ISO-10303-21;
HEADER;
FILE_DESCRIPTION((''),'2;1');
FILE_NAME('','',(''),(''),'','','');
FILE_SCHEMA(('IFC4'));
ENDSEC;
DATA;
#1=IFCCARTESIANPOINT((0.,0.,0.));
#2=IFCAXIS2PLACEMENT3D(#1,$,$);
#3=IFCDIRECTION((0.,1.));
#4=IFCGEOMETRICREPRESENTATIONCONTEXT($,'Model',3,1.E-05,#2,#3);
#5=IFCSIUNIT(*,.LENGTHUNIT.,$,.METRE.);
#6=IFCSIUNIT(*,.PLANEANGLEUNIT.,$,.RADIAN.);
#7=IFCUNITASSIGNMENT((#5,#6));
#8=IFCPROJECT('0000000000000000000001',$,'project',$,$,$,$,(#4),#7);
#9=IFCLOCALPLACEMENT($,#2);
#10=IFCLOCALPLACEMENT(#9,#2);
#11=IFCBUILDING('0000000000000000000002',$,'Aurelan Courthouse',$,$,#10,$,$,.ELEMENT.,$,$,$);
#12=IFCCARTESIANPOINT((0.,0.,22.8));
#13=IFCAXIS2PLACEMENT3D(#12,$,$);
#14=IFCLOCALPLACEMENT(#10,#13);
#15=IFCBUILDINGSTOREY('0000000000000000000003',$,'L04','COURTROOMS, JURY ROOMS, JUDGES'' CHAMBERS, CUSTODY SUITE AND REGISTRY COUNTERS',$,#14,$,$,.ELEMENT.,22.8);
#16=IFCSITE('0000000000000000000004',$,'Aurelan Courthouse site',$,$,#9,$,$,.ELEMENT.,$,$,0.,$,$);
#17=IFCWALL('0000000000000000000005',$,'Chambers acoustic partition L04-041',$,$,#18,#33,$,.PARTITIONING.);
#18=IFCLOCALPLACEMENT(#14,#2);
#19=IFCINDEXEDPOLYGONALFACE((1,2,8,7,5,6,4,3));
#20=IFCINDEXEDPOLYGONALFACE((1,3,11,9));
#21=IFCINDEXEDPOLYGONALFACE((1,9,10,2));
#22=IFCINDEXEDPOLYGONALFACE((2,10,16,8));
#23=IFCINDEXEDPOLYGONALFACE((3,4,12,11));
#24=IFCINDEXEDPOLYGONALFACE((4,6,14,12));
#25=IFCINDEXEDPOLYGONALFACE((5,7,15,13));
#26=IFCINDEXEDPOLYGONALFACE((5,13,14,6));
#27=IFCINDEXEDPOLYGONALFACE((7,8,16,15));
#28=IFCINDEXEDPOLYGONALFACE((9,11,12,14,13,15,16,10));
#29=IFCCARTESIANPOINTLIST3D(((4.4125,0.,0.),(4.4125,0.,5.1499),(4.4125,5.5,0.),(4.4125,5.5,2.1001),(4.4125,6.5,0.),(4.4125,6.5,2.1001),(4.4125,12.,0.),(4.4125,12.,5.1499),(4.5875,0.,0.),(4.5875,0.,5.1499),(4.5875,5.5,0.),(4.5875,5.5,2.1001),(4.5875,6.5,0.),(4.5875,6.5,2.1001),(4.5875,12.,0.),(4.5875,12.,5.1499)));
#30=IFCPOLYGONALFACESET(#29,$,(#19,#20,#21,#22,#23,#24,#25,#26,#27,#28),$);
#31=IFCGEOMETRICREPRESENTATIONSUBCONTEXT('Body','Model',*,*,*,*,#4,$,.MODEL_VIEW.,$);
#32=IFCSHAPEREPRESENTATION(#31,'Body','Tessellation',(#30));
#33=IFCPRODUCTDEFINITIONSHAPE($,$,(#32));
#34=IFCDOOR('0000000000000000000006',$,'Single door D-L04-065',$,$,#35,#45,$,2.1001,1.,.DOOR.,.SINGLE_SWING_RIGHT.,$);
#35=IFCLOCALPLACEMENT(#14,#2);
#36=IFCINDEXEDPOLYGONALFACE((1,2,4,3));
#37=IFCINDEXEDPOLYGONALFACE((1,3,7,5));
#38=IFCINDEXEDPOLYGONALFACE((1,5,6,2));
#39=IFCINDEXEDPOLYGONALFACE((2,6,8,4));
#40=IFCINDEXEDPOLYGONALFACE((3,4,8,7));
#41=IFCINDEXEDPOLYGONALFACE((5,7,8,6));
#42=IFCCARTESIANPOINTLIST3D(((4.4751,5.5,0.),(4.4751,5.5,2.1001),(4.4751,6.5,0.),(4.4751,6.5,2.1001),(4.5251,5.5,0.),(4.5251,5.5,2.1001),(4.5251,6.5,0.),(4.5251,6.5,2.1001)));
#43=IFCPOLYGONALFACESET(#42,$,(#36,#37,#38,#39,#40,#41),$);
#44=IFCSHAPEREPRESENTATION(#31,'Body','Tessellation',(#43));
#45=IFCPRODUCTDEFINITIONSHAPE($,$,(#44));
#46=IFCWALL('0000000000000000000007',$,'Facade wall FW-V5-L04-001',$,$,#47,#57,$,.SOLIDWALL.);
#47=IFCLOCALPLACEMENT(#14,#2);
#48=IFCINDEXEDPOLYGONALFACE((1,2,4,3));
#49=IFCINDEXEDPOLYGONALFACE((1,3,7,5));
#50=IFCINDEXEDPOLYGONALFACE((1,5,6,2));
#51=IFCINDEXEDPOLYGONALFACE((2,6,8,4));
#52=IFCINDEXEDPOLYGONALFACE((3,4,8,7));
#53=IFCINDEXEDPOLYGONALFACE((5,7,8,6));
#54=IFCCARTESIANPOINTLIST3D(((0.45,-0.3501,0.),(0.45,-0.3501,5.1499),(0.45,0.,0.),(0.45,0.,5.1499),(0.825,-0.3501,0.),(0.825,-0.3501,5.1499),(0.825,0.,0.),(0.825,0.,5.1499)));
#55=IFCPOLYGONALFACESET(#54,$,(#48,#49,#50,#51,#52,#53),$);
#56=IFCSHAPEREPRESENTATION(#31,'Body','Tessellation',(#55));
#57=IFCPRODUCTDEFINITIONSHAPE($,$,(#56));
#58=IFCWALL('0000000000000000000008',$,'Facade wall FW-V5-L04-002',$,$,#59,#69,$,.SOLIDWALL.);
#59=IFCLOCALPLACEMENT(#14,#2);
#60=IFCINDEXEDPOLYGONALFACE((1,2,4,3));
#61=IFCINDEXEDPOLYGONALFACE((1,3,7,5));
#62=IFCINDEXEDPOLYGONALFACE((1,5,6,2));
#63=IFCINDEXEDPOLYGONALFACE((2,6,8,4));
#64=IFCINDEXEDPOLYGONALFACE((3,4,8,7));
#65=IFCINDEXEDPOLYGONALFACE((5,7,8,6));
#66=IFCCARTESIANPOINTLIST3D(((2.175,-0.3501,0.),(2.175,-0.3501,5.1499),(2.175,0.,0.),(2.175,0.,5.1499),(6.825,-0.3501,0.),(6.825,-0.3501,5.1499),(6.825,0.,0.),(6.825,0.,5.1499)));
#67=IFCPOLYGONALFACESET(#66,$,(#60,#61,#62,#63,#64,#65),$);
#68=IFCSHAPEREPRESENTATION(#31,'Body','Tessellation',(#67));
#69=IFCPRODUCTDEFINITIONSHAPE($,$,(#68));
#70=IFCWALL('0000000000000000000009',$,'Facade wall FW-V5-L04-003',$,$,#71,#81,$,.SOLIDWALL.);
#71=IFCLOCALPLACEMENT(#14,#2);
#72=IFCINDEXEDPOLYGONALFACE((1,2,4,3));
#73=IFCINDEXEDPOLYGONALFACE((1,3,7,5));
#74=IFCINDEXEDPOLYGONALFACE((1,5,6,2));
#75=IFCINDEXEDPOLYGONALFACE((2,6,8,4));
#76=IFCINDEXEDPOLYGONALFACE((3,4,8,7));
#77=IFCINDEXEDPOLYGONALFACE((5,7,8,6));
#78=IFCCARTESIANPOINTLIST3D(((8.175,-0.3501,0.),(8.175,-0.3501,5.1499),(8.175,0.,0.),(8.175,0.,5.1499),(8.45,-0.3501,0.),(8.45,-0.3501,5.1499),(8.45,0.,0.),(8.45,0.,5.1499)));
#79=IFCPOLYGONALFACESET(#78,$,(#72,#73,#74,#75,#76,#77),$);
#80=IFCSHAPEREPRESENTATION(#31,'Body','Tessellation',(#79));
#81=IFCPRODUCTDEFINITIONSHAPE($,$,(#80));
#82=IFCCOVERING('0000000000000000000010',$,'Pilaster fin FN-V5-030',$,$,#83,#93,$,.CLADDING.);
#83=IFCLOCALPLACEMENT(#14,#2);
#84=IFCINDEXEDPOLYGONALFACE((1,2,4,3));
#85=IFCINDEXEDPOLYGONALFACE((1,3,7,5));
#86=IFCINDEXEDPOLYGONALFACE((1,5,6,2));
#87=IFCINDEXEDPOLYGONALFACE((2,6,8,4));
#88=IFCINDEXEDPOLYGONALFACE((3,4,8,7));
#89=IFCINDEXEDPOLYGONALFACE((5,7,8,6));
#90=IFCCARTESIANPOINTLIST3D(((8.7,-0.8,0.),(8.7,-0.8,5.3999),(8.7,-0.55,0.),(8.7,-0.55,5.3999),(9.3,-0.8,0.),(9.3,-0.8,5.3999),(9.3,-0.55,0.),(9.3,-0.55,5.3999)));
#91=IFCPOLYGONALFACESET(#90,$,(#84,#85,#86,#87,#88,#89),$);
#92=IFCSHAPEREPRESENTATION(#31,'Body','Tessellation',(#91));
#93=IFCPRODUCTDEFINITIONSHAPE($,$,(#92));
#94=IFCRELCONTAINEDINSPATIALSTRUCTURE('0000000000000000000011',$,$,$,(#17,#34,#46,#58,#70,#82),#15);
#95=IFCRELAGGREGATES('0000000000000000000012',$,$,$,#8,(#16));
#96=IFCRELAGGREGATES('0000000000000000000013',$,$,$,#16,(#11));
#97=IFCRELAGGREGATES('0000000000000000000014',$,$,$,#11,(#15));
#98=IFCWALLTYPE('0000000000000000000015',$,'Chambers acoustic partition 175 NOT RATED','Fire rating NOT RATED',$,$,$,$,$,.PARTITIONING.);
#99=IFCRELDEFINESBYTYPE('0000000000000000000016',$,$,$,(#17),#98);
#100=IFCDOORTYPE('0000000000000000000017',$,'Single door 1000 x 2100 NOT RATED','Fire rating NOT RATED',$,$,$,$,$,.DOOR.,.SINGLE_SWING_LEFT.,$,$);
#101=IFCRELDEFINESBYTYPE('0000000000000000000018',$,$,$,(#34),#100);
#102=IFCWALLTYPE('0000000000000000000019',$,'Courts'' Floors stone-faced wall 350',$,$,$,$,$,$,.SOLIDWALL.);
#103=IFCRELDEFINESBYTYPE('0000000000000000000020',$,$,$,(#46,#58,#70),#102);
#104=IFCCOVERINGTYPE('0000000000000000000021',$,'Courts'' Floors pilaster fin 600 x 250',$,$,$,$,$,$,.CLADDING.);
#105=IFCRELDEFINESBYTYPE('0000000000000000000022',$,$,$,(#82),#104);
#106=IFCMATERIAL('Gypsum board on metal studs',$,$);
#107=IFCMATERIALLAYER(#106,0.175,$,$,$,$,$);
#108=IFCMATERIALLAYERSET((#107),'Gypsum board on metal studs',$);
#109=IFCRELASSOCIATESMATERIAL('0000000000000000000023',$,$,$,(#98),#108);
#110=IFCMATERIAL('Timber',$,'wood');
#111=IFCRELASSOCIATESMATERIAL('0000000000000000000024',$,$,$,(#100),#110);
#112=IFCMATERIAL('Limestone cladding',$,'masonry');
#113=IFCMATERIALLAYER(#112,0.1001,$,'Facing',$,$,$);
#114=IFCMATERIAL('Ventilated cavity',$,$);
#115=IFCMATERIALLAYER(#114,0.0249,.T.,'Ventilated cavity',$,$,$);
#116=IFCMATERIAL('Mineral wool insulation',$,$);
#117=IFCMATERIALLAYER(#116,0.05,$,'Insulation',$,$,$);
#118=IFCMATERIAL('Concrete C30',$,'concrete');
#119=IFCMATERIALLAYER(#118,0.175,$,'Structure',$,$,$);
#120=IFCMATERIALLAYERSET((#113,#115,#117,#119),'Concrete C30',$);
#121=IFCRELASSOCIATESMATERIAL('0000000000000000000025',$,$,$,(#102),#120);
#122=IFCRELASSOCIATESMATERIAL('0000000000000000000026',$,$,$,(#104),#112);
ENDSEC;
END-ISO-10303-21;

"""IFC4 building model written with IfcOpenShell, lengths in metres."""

from ifc_helpers import new_model, si_unit, direction, frame, frame_2d, origin, origin_2d, place, context, subcontext, project, spatial, rectangle, extrude, material, layer, layer_set, type_object, element, fill, save


model = new_model("IFC4")

# Units and contexts
model_context = context("Model", 3, precision=1e-05, world=origin(), true_north=direction((0.0, 1.0)))
body_context = subcontext(model_context, "Body", "Model", "MODEL_VIEW")
ifc_project = project(units=[si_unit("LENGTHUNIT", "METRE"), si_unit("PLANEANGLEUNIT", "RADIAN")], contexts=[model_context])

# Site, building, storey
site_placement = place(None, origin())
site = spatial("IfcSite", under=ifc_project, at=site_placement, Name="Aurelan Courthouse site", CompositionType="ELEMENT", RefElevation=0.0)
building_placement = place(site_placement, origin())
building = spatial("IfcBuilding", under=site, at=building_placement, Name="Aurelan Courthouse", CompositionType="ELEMENT")
storey_placement = place(building_placement, frame((0.0, 0.0, 22.8)))
storey = spatial("IfcBuildingStorey", under=building, at=storey_placement, Name="L04", Description="COURTROOMS, JURY ROOMS, JUDGES' CHAMBERS, CUSTODY SUITE AND REGISTRY COUNTERS", CompositionType="ELEMENT", Elevation=22.8)

# Shared definitions
ifc_material_1 = material(Name="Concrete C30", Category="concrete")

# Wall, opening, door
ifc_material_2 = material(Name="Gypsum board on metal studs")
ifc_layer_1 = layer(ifc_material_2, 0.175)
ifc_layer_set_1 = layer_set([ifc_layer_1], Name="Gypsum board on metal studs")
wall_type_1 = type_object("IfcWallType", Name="Chambers acoustic partition 175 NOT RATED", Description="Fire rating NOT RATED", PredefinedType="PARTITIONING", material=ifc_layer_set_1)
wall_1_placement = place(storey_placement, frame((4.5, 0.0, 0.0), z_axis=(0.0, 0.0, 1.0), x_axis=(0.0, 1.0, 0.0)))
wall_1 = element("IfcWall", 1, at=wall_1_placement, inside=storey, type_object=wall_type_1, Name="Chambers acoustic partition L04-041", PredefinedType="PARTITIONING", context=body_context, shape_type="SweptSolid", body=[
    extrude(rectangle(XDim=12.0, YDim=0.175, at=frame_2d((6.0, 0.0))), origin(), (0.0, 0.0, 1.0), 5.1499),
])
opening_placement = place(wall_1_placement, frame((5.5, 0.0, 0.0)))
opening = element("IfcOpeningElement", 2, at=opening_placement, cuts=wall_1, PredefinedType="OPENING", context=body_context, shape_type="SweptSolid", body=[
    extrude(rectangle(XDim=1.0, YDim=2.1001, at=frame_2d((0.5, 1.05))), frame((0.0, 0.0974, 0.0), z_axis=(0.0, -1.0, 0.0), x_axis=(1.0, 0.0, 0.0)), (0.0, 0.0, 1.0), 0.1951),
])
ifc_material_3 = material(Name="Timber", Category="wood")
door_type = type_object("IfcDoorType", Name="Single door 1000 x 2100 NOT RATED", Description="Fire rating NOT RATED", OperationType="SINGLE_SWING_LEFT", PredefinedType="DOOR", material=ifc_material_3)
door_placement = place(opening_placement, origin())
door = element("IfcDoor", 3, at=door_placement, inside=storey, type_object=door_type, Name="Single door D-L04-065", OperationType="SINGLE_SWING_RIGHT", OverallHeight=2.1001, OverallWidth=1.0, PredefinedType="DOOR", context=body_context, shape_type="SweptSolid", body=[
    extrude(rectangle(XDim=1.0, YDim=2.1001, at=frame_2d((0.5, 1.05))), frame((0.0, 0.0249, 0.0), z_axis=(0.0, -1.0, 0.0), x_axis=(1.0, 0.0, 0.0)), (0.0, 0.0, 1.0), 0.05),
])
fill(opening, door)

# Walls
ifc_material_4 = material(Name="Limestone cladding", Category="masonry")
ifc_layer_2 = layer(ifc_material_4, 0.1001, Name="Facing")
ifc_material_5 = material(Name="Ventilated cavity")
ifc_layer_3 = layer(ifc_material_5, 0.0249, ventilated=True, Name="Ventilated cavity")
ifc_material_6 = material(Name="Mineral wool insulation")
ifc_layer_4 = layer(ifc_material_6, 0.05, Name="Insulation")
ifc_layer_5 = layer(ifc_material_1, 0.175, Name="Structure")
ifc_layer_set_2 = layer_set([ifc_layer_2, ifc_layer_3, ifc_layer_4, ifc_layer_5], Name="Concrete C30")
wall_type_2 = type_object("IfcWallType", Name="Courts' Floors stone-faced wall 350", PredefinedType="SOLIDWALL", material=ifc_layer_set_2)
wall_2_placement = place(storey_placement, frame((0.45, -0.175, 0.0), z_axis=(0.0, 0.0, 1.0), x_axis=(1.0, 0.0, 0.0)))
element("IfcWall", 4, at=wall_2_placement, inside=storey, type_object=wall_type_2, Name="Facade wall FW-V5-L04-001", PredefinedType="SOLIDWALL", context=body_context, shape_type="SweptSolid", body=[
    extrude(rectangle(XDim=0.375, YDim=0.3501, at=frame_2d((0.1875, 0.0))), origin(), (0.0, 0.0, 1.0), 5.1499),
])
wall_3_placement = place(storey_placement, frame((2.175, -0.175, 0.0), z_axis=(0.0, 0.0, 1.0), x_axis=(1.0, 0.0, 0.0)))
element("IfcWall", 5, at=wall_3_placement, inside=storey, type_object=wall_type_2, Name="Facade wall FW-V5-L04-002", PredefinedType="SOLIDWALL", context=body_context, shape_type="SweptSolid", body=[
    extrude(rectangle(XDim=4.6499, YDim=0.3501, at=frame_2d((2.325, 0.0))), origin(), (0.0, 0.0, 1.0), 5.1499),
])
wall_4_placement = place(storey_placement, frame((8.175, -0.175, 0.0), z_axis=(0.0, 0.0, 1.0), x_axis=(1.0, 0.0, 0.0)))
element("IfcWall", 6, at=wall_4_placement, inside=storey, type_object=wall_type_2, Name="Facade wall FW-V5-L04-003", PredefinedType="SOLIDWALL", context=body_context, shape_type="SweptSolid", body=[
    extrude(rectangle(XDim=0.2749, YDim=0.3501, at=frame_2d((0.1375, 0.0))), origin(), (0.0, 0.0, 1.0), 5.1499),
])

# Covering
covering_type = type_object("IfcCoveringType", Name="Courts' Floors pilaster fin 600 x 250", PredefinedType="CLADDING", material=ifc_material_4)
covering_placement = place(storey_placement, frame((9.0, -0.675, 0.0), z_axis=(0.0, 0.0, 1.0), x_axis=(1.0, 0.0, 0.0)))
element("IfcCovering", 7, at=covering_placement, inside=storey, type_object=covering_type, Name="Pilaster fin FN-V5-030", PredefinedType="CLADDING", context=body_context, shape_type="SweptSolid", body=[
    extrude(rectangle(XDim=0.6001, YDim=0.25, at=origin_2d()), origin(), (0.0, 0.0, 1.0), 5.3999),
])

save(model, "model.ifc")
